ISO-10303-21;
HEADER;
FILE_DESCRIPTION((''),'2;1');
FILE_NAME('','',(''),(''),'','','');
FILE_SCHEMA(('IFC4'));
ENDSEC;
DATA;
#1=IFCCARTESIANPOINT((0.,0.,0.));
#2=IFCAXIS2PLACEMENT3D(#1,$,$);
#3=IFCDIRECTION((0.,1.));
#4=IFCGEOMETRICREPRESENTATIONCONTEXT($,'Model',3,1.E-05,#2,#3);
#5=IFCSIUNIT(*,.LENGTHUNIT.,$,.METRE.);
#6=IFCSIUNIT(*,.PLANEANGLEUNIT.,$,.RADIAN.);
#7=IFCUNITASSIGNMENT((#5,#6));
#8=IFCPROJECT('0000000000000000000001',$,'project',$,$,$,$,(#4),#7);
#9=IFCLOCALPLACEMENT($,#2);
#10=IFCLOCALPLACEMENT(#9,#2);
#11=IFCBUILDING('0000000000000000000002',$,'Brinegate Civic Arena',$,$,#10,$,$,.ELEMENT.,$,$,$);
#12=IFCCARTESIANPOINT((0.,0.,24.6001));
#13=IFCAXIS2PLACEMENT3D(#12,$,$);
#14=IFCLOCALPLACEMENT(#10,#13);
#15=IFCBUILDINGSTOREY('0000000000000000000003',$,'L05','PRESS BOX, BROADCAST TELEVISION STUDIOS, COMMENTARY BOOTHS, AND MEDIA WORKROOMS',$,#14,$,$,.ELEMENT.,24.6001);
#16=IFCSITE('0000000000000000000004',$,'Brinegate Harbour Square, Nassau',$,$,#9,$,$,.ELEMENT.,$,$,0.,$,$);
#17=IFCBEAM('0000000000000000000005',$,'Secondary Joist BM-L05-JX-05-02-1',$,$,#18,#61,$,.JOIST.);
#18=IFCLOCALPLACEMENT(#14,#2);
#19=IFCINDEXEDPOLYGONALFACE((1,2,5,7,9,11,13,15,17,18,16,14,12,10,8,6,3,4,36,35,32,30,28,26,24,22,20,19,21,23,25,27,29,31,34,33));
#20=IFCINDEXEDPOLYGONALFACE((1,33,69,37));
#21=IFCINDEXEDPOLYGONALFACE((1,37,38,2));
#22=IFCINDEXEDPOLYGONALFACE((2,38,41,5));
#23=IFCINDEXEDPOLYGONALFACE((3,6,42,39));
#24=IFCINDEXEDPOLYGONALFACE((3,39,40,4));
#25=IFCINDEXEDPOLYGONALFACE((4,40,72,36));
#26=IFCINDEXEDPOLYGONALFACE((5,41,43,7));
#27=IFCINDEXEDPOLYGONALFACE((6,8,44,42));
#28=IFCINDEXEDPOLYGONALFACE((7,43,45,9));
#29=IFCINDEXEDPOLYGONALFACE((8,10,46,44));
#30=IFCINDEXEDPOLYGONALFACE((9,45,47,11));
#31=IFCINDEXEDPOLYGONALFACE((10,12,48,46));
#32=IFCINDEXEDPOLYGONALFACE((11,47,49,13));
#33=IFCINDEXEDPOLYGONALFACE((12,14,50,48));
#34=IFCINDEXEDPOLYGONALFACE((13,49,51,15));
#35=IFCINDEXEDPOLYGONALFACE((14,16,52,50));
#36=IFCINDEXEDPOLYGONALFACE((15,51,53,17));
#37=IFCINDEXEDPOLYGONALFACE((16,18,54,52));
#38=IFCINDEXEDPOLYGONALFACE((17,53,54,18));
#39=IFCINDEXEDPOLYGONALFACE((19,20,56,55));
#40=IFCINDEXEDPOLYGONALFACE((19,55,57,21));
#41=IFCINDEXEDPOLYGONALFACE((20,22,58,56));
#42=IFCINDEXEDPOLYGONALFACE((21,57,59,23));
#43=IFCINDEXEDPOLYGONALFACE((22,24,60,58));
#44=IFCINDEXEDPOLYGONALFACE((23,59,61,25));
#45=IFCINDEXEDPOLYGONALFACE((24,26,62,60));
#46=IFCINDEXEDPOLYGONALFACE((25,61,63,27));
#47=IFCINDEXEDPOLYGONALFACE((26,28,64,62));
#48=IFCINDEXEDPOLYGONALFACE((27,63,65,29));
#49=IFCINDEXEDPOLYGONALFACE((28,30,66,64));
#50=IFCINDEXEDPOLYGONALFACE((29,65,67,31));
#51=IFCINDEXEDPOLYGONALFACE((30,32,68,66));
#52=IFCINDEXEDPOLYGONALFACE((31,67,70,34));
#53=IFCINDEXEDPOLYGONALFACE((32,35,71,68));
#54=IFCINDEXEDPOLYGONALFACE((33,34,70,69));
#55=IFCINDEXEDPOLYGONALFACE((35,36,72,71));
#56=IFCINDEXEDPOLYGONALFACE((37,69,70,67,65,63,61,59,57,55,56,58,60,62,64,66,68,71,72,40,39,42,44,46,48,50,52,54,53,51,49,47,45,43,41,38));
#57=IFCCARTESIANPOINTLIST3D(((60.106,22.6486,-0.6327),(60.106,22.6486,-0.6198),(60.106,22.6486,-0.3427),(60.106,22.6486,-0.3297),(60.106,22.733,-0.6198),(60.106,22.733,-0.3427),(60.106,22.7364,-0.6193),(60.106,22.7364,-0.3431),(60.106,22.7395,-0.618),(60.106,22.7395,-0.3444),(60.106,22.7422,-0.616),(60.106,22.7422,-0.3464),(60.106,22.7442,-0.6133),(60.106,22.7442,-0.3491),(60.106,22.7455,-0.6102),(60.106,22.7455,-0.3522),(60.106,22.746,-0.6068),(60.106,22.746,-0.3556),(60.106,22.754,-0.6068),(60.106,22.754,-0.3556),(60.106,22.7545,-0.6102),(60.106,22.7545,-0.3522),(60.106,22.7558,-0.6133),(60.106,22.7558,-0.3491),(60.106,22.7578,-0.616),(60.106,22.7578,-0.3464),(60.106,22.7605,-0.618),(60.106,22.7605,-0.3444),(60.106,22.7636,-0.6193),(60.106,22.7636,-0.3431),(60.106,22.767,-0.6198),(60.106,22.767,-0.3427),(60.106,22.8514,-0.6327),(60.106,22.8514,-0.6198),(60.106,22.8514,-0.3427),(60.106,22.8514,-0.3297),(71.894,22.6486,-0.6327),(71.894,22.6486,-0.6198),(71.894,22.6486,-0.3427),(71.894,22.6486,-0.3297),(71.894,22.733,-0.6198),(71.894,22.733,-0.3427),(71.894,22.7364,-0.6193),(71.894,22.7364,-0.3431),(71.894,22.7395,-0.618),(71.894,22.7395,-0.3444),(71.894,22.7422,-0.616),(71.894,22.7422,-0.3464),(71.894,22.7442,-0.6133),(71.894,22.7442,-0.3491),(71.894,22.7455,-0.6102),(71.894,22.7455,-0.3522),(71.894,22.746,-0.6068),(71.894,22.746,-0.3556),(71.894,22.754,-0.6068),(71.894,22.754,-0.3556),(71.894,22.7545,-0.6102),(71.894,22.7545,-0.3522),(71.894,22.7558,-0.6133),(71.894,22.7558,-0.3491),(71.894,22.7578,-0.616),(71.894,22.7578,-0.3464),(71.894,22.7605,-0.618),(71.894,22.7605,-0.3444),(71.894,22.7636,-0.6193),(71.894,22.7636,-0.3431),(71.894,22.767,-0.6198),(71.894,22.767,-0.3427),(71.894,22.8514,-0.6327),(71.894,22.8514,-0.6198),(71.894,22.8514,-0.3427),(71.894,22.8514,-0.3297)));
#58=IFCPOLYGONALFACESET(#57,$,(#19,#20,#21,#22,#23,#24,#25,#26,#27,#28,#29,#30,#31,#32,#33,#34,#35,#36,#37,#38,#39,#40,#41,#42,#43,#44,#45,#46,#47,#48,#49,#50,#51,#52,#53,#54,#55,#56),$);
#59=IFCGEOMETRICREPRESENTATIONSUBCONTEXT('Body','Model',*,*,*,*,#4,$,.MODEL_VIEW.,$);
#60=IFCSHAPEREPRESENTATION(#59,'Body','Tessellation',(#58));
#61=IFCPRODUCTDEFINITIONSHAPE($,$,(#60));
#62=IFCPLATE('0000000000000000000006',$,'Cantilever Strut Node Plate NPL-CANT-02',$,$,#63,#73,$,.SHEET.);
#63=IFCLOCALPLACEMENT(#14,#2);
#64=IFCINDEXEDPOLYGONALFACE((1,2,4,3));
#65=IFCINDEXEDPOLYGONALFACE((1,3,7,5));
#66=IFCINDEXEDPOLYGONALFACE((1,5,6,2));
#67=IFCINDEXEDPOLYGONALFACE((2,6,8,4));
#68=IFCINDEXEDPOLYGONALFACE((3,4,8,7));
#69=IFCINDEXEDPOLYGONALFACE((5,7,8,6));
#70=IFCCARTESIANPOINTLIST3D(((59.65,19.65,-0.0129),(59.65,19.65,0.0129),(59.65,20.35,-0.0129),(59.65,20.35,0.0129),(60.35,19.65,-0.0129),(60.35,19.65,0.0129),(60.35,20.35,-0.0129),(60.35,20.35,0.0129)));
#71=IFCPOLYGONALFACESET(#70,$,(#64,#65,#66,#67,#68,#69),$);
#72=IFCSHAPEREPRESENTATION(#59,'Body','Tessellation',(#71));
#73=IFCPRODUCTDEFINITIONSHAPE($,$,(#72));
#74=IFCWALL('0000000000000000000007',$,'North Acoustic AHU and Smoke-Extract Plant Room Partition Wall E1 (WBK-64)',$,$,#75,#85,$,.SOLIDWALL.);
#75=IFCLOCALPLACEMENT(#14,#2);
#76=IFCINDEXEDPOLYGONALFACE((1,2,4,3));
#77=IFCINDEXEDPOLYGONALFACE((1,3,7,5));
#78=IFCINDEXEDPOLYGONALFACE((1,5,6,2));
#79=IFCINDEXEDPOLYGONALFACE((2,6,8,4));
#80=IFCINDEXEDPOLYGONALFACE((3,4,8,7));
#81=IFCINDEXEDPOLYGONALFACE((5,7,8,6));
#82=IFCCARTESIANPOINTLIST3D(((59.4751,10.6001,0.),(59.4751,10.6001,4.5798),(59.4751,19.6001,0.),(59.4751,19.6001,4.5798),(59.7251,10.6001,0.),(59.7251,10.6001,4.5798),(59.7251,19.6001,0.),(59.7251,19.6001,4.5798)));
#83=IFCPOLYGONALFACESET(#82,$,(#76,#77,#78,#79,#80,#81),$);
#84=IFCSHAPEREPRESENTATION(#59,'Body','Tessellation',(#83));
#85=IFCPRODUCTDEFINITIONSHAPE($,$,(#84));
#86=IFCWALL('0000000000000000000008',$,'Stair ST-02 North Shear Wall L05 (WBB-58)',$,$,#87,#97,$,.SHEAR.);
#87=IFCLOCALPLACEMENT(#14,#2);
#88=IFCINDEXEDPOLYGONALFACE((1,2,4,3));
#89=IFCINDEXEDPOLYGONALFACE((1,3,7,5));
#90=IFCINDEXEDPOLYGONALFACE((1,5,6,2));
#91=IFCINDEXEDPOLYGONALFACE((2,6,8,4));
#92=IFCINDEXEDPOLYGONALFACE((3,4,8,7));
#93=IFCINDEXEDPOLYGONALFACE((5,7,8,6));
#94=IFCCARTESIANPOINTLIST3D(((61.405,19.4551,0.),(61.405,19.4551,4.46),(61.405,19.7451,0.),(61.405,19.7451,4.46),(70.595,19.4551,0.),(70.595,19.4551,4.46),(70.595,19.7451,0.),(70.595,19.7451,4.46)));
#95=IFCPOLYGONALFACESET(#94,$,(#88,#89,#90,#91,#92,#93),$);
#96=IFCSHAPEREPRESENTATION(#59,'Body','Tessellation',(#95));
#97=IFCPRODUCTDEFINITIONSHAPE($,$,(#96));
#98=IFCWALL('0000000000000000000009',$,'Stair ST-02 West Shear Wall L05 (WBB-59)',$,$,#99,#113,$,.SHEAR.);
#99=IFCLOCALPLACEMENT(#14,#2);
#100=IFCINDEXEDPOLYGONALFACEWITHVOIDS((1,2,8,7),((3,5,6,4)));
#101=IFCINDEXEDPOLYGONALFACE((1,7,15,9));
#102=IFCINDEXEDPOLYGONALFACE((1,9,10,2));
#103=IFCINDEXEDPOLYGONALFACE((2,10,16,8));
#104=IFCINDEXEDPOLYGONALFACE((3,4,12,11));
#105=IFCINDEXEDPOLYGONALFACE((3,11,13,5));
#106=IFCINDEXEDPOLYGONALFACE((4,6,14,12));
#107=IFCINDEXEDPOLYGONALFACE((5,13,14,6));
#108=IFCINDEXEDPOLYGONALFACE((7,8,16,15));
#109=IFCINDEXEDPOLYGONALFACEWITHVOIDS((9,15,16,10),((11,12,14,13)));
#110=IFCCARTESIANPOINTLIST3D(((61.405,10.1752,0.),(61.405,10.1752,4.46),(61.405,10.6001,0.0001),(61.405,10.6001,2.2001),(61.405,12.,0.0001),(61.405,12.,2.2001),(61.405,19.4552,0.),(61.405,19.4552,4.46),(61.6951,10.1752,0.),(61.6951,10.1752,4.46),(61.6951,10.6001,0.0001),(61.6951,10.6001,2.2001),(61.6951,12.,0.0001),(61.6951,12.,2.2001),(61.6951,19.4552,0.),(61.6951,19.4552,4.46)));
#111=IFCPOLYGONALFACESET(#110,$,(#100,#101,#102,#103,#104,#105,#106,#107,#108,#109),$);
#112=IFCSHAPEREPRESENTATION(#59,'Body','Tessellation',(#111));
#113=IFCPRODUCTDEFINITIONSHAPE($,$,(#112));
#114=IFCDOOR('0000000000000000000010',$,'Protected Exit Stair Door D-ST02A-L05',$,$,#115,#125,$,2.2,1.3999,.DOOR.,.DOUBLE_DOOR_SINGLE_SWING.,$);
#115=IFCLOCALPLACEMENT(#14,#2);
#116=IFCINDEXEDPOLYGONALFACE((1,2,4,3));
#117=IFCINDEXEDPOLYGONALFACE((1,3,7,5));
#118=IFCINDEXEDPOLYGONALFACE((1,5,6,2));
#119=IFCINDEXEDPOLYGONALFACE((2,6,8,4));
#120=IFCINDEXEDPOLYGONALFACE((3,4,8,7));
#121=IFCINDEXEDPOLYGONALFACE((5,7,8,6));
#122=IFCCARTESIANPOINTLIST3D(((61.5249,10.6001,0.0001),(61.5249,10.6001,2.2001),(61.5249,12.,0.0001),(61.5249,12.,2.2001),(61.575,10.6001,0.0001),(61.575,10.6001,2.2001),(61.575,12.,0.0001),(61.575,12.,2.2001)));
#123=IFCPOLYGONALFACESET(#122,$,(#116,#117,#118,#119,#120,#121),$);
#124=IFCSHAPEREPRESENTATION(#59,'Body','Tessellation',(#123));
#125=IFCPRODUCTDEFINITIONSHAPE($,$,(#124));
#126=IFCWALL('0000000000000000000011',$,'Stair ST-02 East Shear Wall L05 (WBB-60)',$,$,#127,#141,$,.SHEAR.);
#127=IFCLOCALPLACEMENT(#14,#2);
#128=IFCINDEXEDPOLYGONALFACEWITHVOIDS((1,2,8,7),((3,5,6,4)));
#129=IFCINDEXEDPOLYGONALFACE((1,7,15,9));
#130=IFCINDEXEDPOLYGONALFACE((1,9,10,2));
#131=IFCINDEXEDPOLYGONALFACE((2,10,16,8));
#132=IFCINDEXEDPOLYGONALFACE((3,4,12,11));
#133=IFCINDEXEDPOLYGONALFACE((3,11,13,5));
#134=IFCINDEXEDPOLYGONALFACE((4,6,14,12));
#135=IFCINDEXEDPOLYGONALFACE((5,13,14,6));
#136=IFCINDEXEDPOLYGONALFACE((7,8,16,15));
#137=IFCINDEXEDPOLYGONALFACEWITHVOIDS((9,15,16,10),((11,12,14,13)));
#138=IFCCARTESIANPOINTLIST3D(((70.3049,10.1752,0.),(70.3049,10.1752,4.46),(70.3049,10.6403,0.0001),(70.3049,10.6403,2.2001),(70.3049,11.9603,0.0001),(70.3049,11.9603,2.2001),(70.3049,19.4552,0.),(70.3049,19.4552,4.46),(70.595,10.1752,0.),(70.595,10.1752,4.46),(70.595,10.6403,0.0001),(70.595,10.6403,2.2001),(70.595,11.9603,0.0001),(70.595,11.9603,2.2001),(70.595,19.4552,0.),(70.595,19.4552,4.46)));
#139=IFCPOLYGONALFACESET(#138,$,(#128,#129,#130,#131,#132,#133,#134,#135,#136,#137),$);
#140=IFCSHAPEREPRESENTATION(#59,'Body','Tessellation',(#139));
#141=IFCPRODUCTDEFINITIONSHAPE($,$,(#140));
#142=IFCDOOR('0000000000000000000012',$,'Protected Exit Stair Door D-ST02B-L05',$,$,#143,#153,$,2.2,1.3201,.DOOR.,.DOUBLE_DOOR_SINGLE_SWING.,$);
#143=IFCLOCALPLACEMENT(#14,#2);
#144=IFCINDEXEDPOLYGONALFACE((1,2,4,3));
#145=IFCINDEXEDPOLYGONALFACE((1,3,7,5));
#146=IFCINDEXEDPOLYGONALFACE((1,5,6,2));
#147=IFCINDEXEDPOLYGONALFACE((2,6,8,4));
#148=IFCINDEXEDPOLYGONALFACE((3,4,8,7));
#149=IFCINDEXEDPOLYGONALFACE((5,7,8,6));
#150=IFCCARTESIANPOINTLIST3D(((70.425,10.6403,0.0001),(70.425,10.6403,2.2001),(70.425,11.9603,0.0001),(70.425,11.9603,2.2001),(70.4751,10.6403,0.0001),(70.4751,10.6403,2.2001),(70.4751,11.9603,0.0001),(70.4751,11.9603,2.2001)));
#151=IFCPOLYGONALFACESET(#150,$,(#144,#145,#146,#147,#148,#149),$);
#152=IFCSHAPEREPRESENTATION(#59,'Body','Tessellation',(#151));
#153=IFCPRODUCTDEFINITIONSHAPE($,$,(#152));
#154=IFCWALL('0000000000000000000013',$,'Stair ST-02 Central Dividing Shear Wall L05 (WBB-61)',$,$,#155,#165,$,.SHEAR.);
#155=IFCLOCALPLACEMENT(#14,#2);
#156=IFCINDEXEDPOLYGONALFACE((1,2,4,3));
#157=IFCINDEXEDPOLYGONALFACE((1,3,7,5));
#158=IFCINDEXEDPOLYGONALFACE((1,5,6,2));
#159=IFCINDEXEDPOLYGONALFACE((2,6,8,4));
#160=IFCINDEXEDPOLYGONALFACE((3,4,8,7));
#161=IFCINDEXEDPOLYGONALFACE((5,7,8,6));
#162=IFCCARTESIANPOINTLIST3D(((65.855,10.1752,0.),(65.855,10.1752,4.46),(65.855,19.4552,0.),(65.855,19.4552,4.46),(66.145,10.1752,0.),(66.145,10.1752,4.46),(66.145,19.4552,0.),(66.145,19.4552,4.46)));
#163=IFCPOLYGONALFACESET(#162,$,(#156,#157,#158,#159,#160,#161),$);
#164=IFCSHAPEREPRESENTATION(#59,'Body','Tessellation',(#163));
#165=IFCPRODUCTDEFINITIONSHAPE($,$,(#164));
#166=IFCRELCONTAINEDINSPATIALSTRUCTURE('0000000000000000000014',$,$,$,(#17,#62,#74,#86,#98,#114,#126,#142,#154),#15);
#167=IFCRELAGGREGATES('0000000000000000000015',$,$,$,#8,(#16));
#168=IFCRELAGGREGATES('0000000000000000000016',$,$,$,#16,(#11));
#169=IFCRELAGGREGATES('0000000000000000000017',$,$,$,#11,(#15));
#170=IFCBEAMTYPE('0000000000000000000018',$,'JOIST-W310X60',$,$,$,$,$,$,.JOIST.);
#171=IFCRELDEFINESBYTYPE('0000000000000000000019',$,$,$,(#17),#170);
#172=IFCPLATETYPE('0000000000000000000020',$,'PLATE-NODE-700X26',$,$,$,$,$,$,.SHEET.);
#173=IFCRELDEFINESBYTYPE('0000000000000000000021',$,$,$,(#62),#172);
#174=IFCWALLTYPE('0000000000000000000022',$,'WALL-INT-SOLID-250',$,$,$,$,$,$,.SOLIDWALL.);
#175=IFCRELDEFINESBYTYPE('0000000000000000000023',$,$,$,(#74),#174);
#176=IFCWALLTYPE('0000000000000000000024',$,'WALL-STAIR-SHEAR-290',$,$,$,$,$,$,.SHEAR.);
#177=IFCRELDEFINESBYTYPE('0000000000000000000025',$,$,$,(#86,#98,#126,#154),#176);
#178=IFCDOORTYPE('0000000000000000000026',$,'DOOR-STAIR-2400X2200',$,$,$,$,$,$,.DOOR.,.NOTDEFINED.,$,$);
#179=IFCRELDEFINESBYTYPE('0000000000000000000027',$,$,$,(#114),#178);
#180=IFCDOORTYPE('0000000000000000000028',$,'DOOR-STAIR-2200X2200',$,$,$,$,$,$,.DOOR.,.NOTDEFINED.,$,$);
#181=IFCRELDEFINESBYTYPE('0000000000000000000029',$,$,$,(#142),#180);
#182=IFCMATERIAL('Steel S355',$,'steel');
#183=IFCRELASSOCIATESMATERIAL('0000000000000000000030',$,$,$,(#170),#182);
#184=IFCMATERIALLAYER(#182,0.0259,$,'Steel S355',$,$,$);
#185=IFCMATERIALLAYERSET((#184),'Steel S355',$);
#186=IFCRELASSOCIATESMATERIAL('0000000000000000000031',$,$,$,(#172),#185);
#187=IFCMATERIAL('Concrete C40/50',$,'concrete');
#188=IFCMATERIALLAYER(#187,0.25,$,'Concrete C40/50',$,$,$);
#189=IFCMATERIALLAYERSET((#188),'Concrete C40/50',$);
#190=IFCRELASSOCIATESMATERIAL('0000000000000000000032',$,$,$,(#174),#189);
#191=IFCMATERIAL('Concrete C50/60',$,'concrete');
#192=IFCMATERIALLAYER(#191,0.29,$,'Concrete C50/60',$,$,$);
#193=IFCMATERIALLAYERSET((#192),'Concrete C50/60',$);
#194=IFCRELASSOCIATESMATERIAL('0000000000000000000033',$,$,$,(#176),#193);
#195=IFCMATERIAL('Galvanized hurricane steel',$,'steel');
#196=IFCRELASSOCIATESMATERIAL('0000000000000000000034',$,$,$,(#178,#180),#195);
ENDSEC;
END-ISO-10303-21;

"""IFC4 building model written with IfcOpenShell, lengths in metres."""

from ifc_helpers import new_model, si_unit, direction, frame, frame_2d, origin, origin_2d, place, context, subcontext, project, spatial, rectangle, i_section, extrude, material, layer, layer_set, material_profile, profile_set, type_object, element, fill, save


model = new_model("IFC4")

# Units and contexts
model_context = context("Model", 3, precision=1e-05, world=origin(), true_north=direction((0.0, 1.0)))
body_context = subcontext(model_context, "Body", "Model", "MODEL_VIEW")
ifc_project = project(units=[si_unit("LENGTHUNIT", "METRE"), si_unit("PLANEANGLEUNIT", "RADIAN")], contexts=[model_context])

# Site, building, storey
site_placement = place(None, origin())
site = spatial("IfcSite", under=ifc_project, at=site_placement, Name="Brinegate Harbour Square, Nassau", CompositionType="ELEMENT", RefElevation=0.0)
building_placement = place(site_placement, origin())
building = spatial("IfcBuilding", under=site, at=building_placement, Name="Brinegate Civic Arena", CompositionType="ELEMENT")
storey_placement = place(building_placement, frame((0.0, 0.0, 24.6001)))
storey = spatial("IfcBuildingStorey", under=building, at=storey_placement, Name="L05", Description="PRESS BOX, BROADCAST TELEVISION STUDIOS, COMMENTARY BOOTHS, AND MEDIA WORKROOMS", CompositionType="ELEMENT", Elevation=24.6001)

# Shared definitions
ifc_material_1 = material(Name="Steel S355", Category="steel")

# Beam
ifc_material_profile_1 = material_profile(ifc_material_1, i_section(OverallWidth=0.2029, OverallDepth=0.303, WebThickness=0.0081, FlangeThickness=0.0129, FilletRadius=0.0129, at=origin_2d()), Name="W310X60")
ifc_profile_set_1 = profile_set([ifc_material_profile_1], Name="Steel S355")
beam_type_1 = type_object("IfcBeamType", Name="JOIST-W310X60", PredefinedType="JOIST", material=ifc_profile_set_1)
beam_1_placement = place(storey_placement, frame((60.106, 22.75, -0.4812), z_axis=(1.0, 0.0, 0.0), x_axis=(0.0, 1.0, 0.0)))
element("IfcBeam", 1, at=beam_1_placement, inside=storey, type_object=beam_type_1, Name="Secondary Joist BM-L05-JX-05-02-1", PredefinedType="JOIST", context=body_context, shape_type="SweptSolid", body=[
    extrude(i_section(OverallWidth=0.2029, OverallDepth=0.303, WebThickness=0.0081, FlangeThickness=0.0129, FilletRadius=0.0129, at=origin_2d()), origin(), (0.0, 0.0, 1.0), 11.7881),
])

# Plate
ifc_layer_1 = layer(ifc_material_1, 0.0259, Name="Steel S355")
ifc_layer_set_1 = layer_set([ifc_layer_1], Name="Steel S355")
plate_type = type_object("IfcPlateType", Name="PLATE-NODE-700X26", PredefinedType="SHEET", material=ifc_layer_set_1)
plate_placement = place(storey_placement, frame((60.0, 20.0, -0.0129), z_axis=(0.0, 0.0, 1.0), x_axis=(1.0, 0.0, 0.0)))
element("IfcPlate", 2, at=plate_placement, inside=storey, type_object=plate_type, Name="Cantilever Strut Node Plate NPL-CANT-02", PredefinedType="SHEET", context=body_context, shape_type="SweptSolid", body=[
    extrude(rectangle(XDim=0.7, YDim=0.7, at=origin_2d()), origin(), (0.0, 0.0, 1.0), 0.0259),
])

# Walls
ifc_material_2 = material(Name="Concrete C40/50", Category="concrete")
ifc_layer_2 = layer(ifc_material_2, 0.25, Name="Concrete C40/50")
ifc_layer_set_2 = layer_set([ifc_layer_2], Name="Concrete C40/50")
wall_type_1 = type_object("IfcWallType", Name="WALL-INT-SOLID-250", PredefinedType="SOLIDWALL", material=ifc_layer_set_2)
wall_1_placement = place(storey_placement, frame((59.6001, 19.6001, 0.0), z_axis=(0.0, 0.0, 1.0), x_axis=(0.0, -1.0, 0.0)))
element("IfcWall", 3, at=wall_1_placement, inside=storey, type_object=wall_type_1, Name="North Acoustic AHU and Smoke-Extract Plant Room Partition Wall E1 (WBK-64)", PredefinedType="SOLIDWALL", context=body_context, shape_type="SweptSolid", body=[
    extrude(rectangle(XDim=9.0, YDim=0.25, at=frame_2d((4.5, 0.0))), origin(), (0.0, 0.0, 1.0), 4.5798),
])
ifc_material_3 = material(Name="Concrete C50/60", Category="concrete")
ifc_layer_3 = layer(ifc_material_3, 0.29, Name="Concrete C50/60")
ifc_layer_set_3 = layer_set([ifc_layer_3], Name="Concrete C50/60")
wall_type_2 = type_object("IfcWallType", Name="WALL-STAIR-SHEAR-290", PredefinedType="SHEAR", material=ifc_layer_set_3)
wall_2_placement = place(storey_placement, frame((61.405, 19.6001, 0.0), z_axis=(0.0, 0.0, 1.0), x_axis=(1.0, 0.0, 0.0)))
element("IfcWall", 4, at=wall_2_placement, inside=storey, type_object=wall_type_2, Name="Stair ST-02 North Shear Wall L05 (WBB-58)", PredefinedType="SHEAR", context=body_context, shape_type="SweptSolid", body=[
    extrude(rectangle(XDim=9.1899, YDim=0.29, at=frame_2d((4.595, 0.0))), origin(), (0.0, 0.0, 1.0), 4.46),
])

# Walls, openings, doors
wall_3_placement = place(storey_placement, frame((61.55, 10.175, 0.0), z_axis=(0.0, 0.0, 1.0), x_axis=(0.0, 1.0, 0.0)))
wall_3 = element("IfcWall", 5, at=wall_3_placement, inside=storey, type_object=wall_type_2, Name="Stair ST-02 West Shear Wall L05 (WBB-59)", PredefinedType="SHEAR", context=body_context, shape_type="SweptSolid", body=[
    extrude(rectangle(XDim=9.28, YDim=0.29, at=frame_2d((4.6401, 0.0))), origin(), (0.0, 0.0, 1.0), 4.46),
])
opening_1_placement = place(wall_3_placement, frame((0.425, 0.0, 0.0)))
opening_1 = element("IfcOpeningElement", 6, at=opening_1_placement, cuts=wall_3, PredefinedType="OPENING", context=body_context, shape_type="SweptSolid", body=[
    extrude(rectangle(XDim=1.3999, YDim=2.2, at=frame_2d((0.7, 1.1001))), frame((0.0, 0.155, 0.0), z_axis=(0.0, -1.0, 0.0), x_axis=(1.0, 0.0, 0.0)), (0.0, 0.0, 1.0), 0.3101),
])
ifc_material_4 = material(Name="Galvanized hurricane steel", Category="steel")
door_type_1 = type_object("IfcDoorType", Name="DOOR-STAIR-2400X2200", OperationType="NOTDEFINED", PredefinedType="DOOR", material=ifc_material_4)
door_1_placement = place(opening_1_placement, frame((1.3999, 0.0, 0.0), z_axis=(0.0, 0.0, 1.0), x_axis=(-1.0, 0.0, 0.0)))
door_1 = element("IfcDoor", 7, at=door_1_placement, inside=storey, type_object=door_type_1, Name="Protected Exit Stair Door D-ST02A-L05", OperationType="DOUBLE_DOOR_SINGLE_SWING", OverallHeight=2.2, OverallWidth=1.3999, PredefinedType="DOOR", context=body_context, shape_type="SweptSolid", body=[
    extrude(rectangle(XDim=1.3999, YDim=2.2, at=frame_2d((0.7, 1.1001))), frame((0.0, 0.0249, 0.0), z_axis=(0.0, -1.0, 0.0), x_axis=(1.0, 0.0, 0.0)), (0.0, 0.0, 1.0), 0.05),
])
fill(opening_1, door_1)
wall_4_placement = place(storey_placement, frame((70.45, 10.175, 0.0), z_axis=(0.0, 0.0, 1.0), x_axis=(0.0, 1.0, 0.0)))
wall_4 = element("IfcWall", 8, at=wall_4_placement, inside=storey, type_object=wall_type_2, Name="Stair ST-02 East Shear Wall L05 (WBB-60)", PredefinedType="SHEAR", context=body_context, shape_type="SweptSolid", body=[
    extrude(rectangle(XDim=9.28, YDim=0.29, at=frame_2d((4.6401, 0.0))), origin(), (0.0, 0.0, 1.0), 4.46),
])
opening_2_placement = place(wall_4_placement, frame((0.4651, 0.0, 0.0)))
opening_2 = element("IfcOpeningElement", 9, at=opening_2_placement, cuts=wall_4, PredefinedType="OPENING", context=body_context, shape_type="SweptSolid", body=[
    extrude(rectangle(XDim=1.3201, YDim=2.2, at=frame_2d((0.6602, 1.1001))), frame((0.0, 0.155, 0.0), z_axis=(0.0, -1.0, 0.0), x_axis=(1.0, 0.0, 0.0)), (0.0, 0.0, 1.0), 0.3101),
])
door_type_2 = type_object("IfcDoorType", Name="DOOR-STAIR-2200X2200", OperationType="NOTDEFINED", PredefinedType="DOOR", material=ifc_material_4)
door_2_placement = place(opening_2_placement, origin())
door_2 = element("IfcDoor", 10, at=door_2_placement, inside=storey, type_object=door_type_2, Name="Protected Exit Stair Door D-ST02B-L05", OperationType="DOUBLE_DOOR_SINGLE_SWING", OverallHeight=2.2, OverallWidth=1.3201, PredefinedType="DOOR", context=body_context, shape_type="SweptSolid", body=[
    extrude(rectangle(XDim=1.3201, YDim=2.2, at=frame_2d((0.6602, 1.1001))), frame((0.0, 0.0249, 0.0), z_axis=(0.0, -1.0, 0.0), x_axis=(1.0, 0.0, 0.0)), (0.0, 0.0, 1.0), 0.05),
])
fill(opening_2, door_2)

# Wall
wall_5_placement = place(storey_placement, frame((66.0, 10.175, 0.0), z_axis=(0.0, 0.0, 1.0), x_axis=(0.0, 1.0, 0.0)))
element("IfcWall", 11, at=wall_5_placement, inside=storey, type_object=wall_type_2, Name="Stair ST-02 Central Dividing Shear Wall L05 (WBB-61)", PredefinedType="SHEAR", context=body_context, shape_type="SweptSolid", body=[
    extrude(rectangle(XDim=9.28, YDim=0.29, at=frame_2d((4.6401, 0.0))), origin(), (0.0, 0.0, 1.0), 4.46),
])

save(model, "model.ifc")
